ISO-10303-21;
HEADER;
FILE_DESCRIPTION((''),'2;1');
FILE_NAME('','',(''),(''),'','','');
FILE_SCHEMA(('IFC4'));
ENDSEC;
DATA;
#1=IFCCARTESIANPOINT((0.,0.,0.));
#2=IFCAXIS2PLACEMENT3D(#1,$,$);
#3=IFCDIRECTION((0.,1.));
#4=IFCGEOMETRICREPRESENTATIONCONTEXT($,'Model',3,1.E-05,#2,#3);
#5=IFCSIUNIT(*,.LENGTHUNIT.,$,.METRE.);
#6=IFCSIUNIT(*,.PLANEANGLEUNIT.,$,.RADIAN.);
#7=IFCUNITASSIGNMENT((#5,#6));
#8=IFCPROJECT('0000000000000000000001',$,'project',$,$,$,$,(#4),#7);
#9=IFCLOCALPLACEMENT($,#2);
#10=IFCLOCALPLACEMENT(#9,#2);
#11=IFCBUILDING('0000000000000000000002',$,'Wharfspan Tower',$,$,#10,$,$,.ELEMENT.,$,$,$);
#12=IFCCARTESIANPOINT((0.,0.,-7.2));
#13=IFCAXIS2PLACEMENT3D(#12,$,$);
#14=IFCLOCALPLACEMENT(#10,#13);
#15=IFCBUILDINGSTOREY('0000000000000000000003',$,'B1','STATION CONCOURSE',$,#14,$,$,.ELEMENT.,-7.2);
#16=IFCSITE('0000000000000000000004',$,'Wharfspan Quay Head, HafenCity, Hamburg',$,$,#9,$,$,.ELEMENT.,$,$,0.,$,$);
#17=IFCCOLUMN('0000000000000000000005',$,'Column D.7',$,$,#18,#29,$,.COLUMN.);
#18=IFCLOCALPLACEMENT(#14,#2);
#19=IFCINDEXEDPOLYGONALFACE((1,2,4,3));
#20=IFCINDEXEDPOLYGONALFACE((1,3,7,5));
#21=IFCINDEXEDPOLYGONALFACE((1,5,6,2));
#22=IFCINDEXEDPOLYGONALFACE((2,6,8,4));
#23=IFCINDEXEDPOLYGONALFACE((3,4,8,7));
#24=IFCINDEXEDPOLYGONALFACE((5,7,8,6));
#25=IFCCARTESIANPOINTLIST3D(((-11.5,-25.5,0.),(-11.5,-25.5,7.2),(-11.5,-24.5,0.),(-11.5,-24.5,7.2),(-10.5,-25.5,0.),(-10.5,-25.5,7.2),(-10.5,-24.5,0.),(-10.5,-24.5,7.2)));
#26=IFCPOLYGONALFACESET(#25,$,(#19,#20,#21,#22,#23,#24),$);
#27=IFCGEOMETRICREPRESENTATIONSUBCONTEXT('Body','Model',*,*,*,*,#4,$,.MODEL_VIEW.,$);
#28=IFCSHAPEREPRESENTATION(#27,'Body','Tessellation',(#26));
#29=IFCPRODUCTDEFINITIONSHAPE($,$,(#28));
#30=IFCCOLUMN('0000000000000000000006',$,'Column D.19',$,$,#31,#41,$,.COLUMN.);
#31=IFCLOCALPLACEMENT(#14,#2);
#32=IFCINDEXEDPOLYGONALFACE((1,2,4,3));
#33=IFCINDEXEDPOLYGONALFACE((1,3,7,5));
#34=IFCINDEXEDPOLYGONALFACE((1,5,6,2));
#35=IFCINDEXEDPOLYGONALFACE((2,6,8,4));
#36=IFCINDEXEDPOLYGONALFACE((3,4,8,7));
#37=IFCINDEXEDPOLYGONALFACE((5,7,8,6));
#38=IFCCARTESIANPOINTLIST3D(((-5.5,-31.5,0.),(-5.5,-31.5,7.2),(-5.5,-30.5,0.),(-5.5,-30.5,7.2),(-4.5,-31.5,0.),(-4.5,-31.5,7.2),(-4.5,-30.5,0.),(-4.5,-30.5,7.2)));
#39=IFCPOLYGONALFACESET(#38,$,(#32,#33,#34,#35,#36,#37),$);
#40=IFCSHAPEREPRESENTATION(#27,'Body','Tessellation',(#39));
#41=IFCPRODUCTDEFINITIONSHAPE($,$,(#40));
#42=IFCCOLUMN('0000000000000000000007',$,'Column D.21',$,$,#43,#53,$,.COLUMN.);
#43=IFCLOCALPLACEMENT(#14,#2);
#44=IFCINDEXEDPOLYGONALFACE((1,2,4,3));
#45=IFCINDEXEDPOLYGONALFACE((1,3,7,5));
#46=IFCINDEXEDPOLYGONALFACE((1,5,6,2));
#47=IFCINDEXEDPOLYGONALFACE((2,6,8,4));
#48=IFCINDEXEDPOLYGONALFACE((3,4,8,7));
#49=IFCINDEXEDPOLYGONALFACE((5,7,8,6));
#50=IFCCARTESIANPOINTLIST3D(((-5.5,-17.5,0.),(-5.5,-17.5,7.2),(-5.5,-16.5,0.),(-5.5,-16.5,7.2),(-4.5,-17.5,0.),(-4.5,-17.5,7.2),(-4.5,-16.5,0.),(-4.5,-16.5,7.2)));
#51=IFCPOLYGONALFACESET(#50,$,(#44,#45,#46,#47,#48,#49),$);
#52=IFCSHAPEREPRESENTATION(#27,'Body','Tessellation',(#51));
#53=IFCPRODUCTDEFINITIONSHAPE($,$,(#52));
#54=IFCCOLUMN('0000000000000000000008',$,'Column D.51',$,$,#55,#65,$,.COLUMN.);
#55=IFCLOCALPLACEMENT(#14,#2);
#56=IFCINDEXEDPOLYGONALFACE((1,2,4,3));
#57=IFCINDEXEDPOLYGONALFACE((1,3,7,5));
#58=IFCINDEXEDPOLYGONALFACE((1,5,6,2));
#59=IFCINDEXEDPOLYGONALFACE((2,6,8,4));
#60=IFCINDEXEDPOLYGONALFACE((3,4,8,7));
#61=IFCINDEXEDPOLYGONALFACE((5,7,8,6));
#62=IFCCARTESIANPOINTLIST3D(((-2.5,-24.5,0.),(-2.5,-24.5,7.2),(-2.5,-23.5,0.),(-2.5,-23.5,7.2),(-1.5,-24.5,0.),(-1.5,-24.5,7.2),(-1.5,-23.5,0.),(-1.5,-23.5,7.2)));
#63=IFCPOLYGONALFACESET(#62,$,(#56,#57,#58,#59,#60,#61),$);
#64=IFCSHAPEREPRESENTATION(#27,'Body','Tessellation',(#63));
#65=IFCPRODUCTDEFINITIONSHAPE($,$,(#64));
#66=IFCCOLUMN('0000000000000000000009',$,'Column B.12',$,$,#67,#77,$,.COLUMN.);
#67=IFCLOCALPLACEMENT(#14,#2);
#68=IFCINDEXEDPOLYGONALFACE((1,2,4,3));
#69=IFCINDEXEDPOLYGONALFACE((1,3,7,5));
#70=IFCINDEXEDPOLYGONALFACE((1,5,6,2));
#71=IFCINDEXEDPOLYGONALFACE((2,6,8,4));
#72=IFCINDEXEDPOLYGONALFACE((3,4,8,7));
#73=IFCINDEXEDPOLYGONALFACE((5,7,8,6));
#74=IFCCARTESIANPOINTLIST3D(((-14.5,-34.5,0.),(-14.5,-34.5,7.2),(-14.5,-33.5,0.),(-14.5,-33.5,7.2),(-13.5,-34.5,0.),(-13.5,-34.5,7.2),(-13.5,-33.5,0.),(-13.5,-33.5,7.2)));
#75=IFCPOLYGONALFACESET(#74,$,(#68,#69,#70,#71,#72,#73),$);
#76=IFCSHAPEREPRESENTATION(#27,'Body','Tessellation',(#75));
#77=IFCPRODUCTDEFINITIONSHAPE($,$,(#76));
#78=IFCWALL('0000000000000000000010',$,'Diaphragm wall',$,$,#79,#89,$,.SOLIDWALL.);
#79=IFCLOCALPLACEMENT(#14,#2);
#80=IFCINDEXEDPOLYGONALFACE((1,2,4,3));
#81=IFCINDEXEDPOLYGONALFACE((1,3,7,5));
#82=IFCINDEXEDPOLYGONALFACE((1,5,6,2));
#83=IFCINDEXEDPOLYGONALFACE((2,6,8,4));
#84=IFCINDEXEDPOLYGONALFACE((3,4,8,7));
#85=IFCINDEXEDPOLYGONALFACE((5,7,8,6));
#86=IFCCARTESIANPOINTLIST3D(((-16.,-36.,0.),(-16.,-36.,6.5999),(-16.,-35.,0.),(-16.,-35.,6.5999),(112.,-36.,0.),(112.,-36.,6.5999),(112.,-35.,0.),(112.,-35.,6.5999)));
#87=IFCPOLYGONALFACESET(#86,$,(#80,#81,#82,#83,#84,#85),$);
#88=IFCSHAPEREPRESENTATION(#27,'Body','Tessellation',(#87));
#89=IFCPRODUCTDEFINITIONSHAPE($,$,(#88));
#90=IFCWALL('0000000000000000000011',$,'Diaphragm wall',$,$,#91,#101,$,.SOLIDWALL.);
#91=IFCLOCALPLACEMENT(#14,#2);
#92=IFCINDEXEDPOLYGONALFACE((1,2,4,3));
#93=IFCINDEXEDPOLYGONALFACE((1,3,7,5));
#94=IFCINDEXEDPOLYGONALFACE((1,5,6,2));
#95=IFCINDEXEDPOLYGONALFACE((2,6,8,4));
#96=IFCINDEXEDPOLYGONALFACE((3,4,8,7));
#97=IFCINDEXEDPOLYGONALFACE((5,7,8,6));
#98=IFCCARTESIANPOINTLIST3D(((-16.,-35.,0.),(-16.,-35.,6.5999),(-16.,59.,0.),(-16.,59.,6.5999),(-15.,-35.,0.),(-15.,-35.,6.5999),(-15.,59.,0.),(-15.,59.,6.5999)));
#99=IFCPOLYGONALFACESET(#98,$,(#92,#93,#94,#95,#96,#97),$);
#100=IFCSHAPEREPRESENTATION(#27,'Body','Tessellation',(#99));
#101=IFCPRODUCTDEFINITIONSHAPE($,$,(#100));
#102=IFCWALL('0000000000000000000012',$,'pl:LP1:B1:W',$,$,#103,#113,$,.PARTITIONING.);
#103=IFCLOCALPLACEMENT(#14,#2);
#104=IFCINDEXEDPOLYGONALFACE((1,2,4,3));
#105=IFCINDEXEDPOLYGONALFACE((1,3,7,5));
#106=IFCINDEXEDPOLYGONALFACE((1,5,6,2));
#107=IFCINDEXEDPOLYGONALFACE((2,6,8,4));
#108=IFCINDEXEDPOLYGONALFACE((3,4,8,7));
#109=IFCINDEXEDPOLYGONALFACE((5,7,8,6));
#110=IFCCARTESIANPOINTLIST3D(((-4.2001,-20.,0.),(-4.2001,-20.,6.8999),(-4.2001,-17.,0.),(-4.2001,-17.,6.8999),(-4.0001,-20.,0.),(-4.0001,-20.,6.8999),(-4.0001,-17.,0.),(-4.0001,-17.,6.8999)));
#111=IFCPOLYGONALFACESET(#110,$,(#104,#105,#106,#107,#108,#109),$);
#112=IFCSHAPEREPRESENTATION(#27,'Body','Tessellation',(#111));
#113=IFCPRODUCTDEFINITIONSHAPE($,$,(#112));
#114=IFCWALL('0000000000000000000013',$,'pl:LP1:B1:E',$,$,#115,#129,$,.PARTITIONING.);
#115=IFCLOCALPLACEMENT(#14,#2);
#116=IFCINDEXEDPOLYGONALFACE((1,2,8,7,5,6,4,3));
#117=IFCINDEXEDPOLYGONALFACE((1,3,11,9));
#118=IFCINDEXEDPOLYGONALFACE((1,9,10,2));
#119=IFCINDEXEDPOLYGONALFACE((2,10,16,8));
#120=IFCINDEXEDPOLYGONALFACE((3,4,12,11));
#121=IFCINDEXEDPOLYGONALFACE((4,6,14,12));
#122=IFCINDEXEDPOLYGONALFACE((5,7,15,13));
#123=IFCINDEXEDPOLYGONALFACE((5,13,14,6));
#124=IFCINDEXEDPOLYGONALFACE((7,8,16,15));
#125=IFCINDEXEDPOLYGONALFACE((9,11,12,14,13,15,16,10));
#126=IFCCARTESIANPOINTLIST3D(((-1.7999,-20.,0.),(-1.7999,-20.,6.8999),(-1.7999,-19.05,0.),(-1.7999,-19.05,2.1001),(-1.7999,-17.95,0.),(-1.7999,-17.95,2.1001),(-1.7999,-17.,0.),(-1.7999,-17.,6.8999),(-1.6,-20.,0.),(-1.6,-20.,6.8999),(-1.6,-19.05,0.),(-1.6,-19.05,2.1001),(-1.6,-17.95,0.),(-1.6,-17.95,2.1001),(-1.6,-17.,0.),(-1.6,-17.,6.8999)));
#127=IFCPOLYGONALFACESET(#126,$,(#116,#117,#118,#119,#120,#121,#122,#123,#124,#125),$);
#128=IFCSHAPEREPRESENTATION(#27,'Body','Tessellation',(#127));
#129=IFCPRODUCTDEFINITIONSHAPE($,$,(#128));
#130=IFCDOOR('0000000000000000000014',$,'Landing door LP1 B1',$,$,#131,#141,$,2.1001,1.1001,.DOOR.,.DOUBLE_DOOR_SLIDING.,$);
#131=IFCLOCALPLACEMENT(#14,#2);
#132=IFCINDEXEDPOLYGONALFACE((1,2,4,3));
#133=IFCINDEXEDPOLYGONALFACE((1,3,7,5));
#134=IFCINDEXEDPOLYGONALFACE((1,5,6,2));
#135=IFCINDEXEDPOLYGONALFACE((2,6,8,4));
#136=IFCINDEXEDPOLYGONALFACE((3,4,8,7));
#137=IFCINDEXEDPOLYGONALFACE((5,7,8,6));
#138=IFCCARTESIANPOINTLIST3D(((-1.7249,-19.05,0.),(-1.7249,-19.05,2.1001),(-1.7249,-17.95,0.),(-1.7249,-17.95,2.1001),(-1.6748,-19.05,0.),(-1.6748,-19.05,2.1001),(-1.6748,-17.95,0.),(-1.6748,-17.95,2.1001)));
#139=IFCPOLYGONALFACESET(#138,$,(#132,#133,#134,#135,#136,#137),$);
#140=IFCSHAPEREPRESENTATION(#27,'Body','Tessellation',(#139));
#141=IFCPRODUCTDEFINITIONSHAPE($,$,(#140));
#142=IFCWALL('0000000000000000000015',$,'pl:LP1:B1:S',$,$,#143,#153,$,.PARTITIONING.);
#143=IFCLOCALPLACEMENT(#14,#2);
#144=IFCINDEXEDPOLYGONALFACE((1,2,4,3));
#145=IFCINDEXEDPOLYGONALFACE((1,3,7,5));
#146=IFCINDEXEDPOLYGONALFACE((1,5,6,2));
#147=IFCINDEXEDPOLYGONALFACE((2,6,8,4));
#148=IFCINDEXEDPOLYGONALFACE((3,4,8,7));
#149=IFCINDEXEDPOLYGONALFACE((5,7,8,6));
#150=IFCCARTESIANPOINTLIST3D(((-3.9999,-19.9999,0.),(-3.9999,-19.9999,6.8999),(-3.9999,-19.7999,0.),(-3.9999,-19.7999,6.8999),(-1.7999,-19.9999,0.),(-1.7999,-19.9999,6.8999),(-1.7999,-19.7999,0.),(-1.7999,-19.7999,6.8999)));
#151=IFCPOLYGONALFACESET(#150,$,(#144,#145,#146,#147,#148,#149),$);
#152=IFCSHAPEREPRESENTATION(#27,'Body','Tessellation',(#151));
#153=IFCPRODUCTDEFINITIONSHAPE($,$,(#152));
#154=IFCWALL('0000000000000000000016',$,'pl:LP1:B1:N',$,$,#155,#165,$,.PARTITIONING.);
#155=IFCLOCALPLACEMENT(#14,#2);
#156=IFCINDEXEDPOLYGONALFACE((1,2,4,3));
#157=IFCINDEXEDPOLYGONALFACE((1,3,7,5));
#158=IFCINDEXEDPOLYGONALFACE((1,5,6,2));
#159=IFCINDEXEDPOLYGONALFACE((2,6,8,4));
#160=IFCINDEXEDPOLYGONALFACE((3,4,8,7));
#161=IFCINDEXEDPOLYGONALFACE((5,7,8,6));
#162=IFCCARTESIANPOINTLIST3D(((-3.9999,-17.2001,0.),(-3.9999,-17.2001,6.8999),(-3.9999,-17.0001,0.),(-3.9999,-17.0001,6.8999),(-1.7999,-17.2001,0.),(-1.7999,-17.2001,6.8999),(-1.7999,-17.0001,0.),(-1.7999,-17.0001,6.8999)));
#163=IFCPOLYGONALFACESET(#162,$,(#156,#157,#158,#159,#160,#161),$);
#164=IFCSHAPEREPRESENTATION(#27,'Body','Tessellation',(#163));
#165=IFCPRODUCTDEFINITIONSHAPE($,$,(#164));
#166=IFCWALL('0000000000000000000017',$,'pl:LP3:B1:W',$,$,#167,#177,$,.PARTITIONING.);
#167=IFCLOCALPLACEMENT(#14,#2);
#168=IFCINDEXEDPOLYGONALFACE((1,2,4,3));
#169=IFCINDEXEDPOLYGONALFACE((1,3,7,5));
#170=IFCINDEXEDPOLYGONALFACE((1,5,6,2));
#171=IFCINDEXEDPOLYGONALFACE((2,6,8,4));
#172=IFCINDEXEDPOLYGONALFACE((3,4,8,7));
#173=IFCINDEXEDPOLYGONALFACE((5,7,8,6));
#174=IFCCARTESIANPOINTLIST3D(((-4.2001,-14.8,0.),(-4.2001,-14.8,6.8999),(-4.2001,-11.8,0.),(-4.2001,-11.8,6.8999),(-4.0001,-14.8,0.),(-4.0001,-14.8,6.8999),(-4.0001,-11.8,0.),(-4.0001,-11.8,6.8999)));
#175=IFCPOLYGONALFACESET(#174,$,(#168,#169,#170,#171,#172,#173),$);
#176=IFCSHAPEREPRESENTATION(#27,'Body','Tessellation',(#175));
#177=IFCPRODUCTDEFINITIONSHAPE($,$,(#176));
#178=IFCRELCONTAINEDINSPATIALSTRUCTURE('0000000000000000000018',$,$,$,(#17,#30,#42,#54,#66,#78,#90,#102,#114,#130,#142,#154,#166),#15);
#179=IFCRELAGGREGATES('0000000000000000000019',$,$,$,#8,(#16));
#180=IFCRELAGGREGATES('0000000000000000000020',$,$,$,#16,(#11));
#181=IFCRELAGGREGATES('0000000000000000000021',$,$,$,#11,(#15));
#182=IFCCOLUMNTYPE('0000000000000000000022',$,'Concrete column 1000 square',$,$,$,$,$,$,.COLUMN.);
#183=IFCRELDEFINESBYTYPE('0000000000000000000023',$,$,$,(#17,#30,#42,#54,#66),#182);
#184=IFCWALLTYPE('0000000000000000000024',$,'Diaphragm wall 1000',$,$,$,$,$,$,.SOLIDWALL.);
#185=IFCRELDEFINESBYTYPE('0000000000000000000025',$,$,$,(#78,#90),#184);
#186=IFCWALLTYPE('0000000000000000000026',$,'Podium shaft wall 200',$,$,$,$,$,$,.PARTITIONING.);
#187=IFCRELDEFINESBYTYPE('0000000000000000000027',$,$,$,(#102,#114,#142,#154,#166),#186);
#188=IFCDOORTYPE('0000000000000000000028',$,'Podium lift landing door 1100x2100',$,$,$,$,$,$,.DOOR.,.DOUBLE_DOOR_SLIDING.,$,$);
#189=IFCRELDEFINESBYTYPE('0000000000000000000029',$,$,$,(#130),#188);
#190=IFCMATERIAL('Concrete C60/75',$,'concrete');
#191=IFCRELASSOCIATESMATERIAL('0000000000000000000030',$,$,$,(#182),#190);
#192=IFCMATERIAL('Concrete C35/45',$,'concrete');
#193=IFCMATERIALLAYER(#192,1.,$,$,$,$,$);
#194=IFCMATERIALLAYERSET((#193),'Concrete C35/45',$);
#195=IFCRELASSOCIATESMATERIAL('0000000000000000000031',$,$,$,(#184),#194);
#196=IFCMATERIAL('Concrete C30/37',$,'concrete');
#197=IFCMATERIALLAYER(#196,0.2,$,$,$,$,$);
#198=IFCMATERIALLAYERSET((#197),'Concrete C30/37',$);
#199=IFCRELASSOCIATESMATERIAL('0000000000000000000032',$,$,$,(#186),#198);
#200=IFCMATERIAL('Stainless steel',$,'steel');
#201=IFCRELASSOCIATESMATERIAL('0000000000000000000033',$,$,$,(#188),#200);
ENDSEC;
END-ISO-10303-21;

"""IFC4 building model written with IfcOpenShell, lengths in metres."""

from ifc_helpers import new_model, si_unit, direction, frame, frame_2d, origin, origin_2d, place, context, subcontext, project, spatial, rectangle, extrude, material, layer, layer_set, material_profile, profile_set, type_object, element, fill, save


model = new_model("IFC4")

# Units and contexts
model_context = context("Model", 3, precision=1e-05, world=origin(), true_north=direction((0.0, 1.0)))
body_context = subcontext(model_context, "Body", "Model", "MODEL_VIEW")
ifc_project = project(units=[si_unit("LENGTHUNIT", "METRE"), si_unit("PLANEANGLEUNIT", "RADIAN")], contexts=[model_context])

# Site, building, storey
site_placement = place(None, origin())
site = spatial("IfcSite", under=ifc_project, at=site_placement, Name="Wharfspan Quay Head, HafenCity, Hamburg", CompositionType="ELEMENT", RefElevation=0.0)
building_placement = place(site_placement, origin())
building = spatial("IfcBuilding", under=site, at=building_placement, Name="Wharfspan Tower", CompositionType="ELEMENT")
storey_placement = place(building_placement, frame((0.0, 0.0, -7.2)))
storey = spatial("IfcBuildingStorey", under=building, at=storey_placement, Name="B1", Description="STATION CONCOURSE", CompositionType="ELEMENT", Elevation=-7.2)

# Columns
ifc_material_1 = material(Name="Concrete C60/75", Category="concrete")
ifc_material_profile = material_profile(ifc_material_1, rectangle(XDim=1.0, YDim=1.0, at=origin_2d()))
ifc_profile_set = profile_set([ifc_material_profile], Name="Concrete C60/75")
column_type = type_object("IfcColumnType", Name="Concrete column 1000 square", PredefinedType="COLUMN", material=ifc_profile_set)
for number, where, z_axis, x_axis, name in (
    (1, (-11.0, -25.0, 0.0), (0.0, 0.0, 1.0), (1.0, 0.0, 0.0), "Column D.7"),
    (2, (-5.0, -31.0, 0.0), (0.0, 0.0, 1.0), (1.0, 0.0, 0.0), "Column D.19"),
    (3, (-5.0, -17.0, 0.0), (0.0, 0.0, 1.0), (1.0, 0.0, 0.0), "Column D.21"),
    (4, (-2.0, -24.0, 0.0), (0.0, 0.0, 1.0), (1.0, 0.0, 0.0), "Column D.51"),
    (5, (-14.0, -34.0, 0.0), (0.0, 0.0, 1.0), (1.0, 0.0, 0.0), "Column B.12"),
):
    element("IfcColumn", number, at=place(storey_placement, frame(where, z_axis=z_axis, x_axis=x_axis)), inside=storey, type_object=column_type, Name=name, PredefinedType="COLUMN", context=body_context, shape_type="SweptSolid", body=[
        extrude(rectangle(XDim=1.0, YDim=1.0, at=origin_2d()), origin(), (0.0, 0.0, 1.0), 7.2),
    ])

# Walls
ifc_material_2 = material(Name="Concrete C35/45", Category="concrete")
ifc_layer_1 = layer(ifc_material_2, 1.0)
ifc_layer_set_1 = layer_set([ifc_layer_1], Name="Concrete C35/45")
wall_type_1 = type_object("IfcWallType", Name="Diaphragm wall 1000", PredefinedType="SOLIDWALL", material=ifc_layer_set_1)
wall_1_placement = place(storey_placement, frame((-16.0, -35.5, 0.0), z_axis=(0.0, 0.0, 1.0), x_axis=(1.0, 0.0, 0.0)))
element("IfcWall", 6, at=wall_1_placement, inside=storey, type_object=wall_type_1, Name="Diaphragm wall", PredefinedType="SOLIDWALL", context=body_context, shape_type="SweptSolid", body=[
    extrude(rectangle(XDim=128.0, YDim=1.0, at=frame_2d((64.0, 0.0))), origin(), (0.0, 0.0, 1.0), 6.5999),
])
wall_2_placement = place(storey_placement, frame((-15.5, -35.0, 0.0), z_axis=(0.0, 0.0, 1.0), x_axis=(0.0, 1.0, 0.0)))
element("IfcWall", 7, at=wall_2_placement, inside=storey, type_object=wall_type_1, Name="Diaphragm wall", PredefinedType="SOLIDWALL", context=body_context, shape_type="SweptSolid", body=[
    extrude(rectangle(XDim=94.0, YDim=1.0, at=frame_2d((47.0, 0.0))), origin(), (0.0, 0.0, 1.0), 6.5999),
])
ifc_material_3 = material(Name="Concrete C30/37", Category="concrete")
ifc_layer_2 = layer(ifc_material_3, 0.2)
ifc_layer_set_2 = layer_set([ifc_layer_2], Name="Concrete C30/37")
wall_type_2 = type_object("IfcWallType", Name="Podium shaft wall 200", PredefinedType="PARTITIONING", material=ifc_layer_set_2)
wall_3_placement = place(storey_placement, frame((-4.1001, -20.0, 0.0), z_axis=(0.0, 0.0, 1.0), x_axis=(0.0, 1.0, 0.0)))
element("IfcWall", 8, at=wall_3_placement, inside=storey, type_object=wall_type_2, Name="pl:LP1:B1:W", PredefinedType="PARTITIONING", context=body_context, shape_type="SweptSolid", body=[
    extrude(rectangle(XDim=3.0, YDim=0.2, at=frame_2d((1.5, 0.0))), origin(), (0.0, 0.0, 1.0), 6.8999),
])

# Wall, opening, door
wall_4_placement = place(storey_placement, frame((-1.7, -20.0, 0.0), z_axis=(0.0, 0.0, 1.0), x_axis=(0.0, 1.0, 0.0)))
wall_4 = element("IfcWall", 9, at=wall_4_placement, inside=storey, type_object=wall_type_2, Name="pl:LP1:B1:E", PredefinedType="PARTITIONING", context=body_context, shape_type="SweptSolid", body=[
    extrude(rectangle(XDim=3.0, YDim=0.2, at=frame_2d((1.5, 0.0))), origin(), (0.0, 0.0, 1.0), 6.8999),
])
opening_1_placement = place(wall_4_placement, frame((0.95, 0.0, 0.0)))
opening_1 = element("IfcOpeningElement", 10, at=opening_1_placement, cuts=wall_4, PredefinedType="OPENING", context=body_context, shape_type="SweptSolid", body=[
    extrude(rectangle(XDim=1.1001, YDim=2.1001, at=frame_2d((0.55, 1.05))), frame((0.0, 0.1099, 0.0), z_axis=(0.0, -1.0, 0.0), x_axis=(1.0, 0.0, 0.0)), (0.0, 0.0, 1.0), 0.22),
])
ifc_material_4 = material(Name="Stainless steel", Category="steel")
door_type_1 = type_object("IfcDoorType", Name="Podium lift landing door 1100x2100", OperationType="DOUBLE_DOOR_SLIDING", PredefinedType="DOOR", material=ifc_material_4)
door_1_placement = place(opening_1_placement, origin())
door_1 = element("IfcDoor", 11, at=door_1_placement, inside=storey, type_object=door_type_1, Name="Landing door LP1 B1", OperationType="DOUBLE_DOOR_SLIDING", OverallHeight=2.1001, OverallWidth=1.1001, PredefinedType="DOOR", context=body_context, shape_type="SweptSolid", body=[
    extrude(rectangle(XDim=1.1001, YDim=2.1001, at=frame_2d((0.55, 1.05))), frame((0.0, 0.0249, 0.0), z_axis=(0.0, -1.0, 0.0), x_axis=(1.0, 0.0, 0.0)), (0.0, 0.0, 1.0), 0.05),
])
fill(opening_1, door_1)

# Walls
for number, where, z_axis, x_axis, name in (
    (12, (-4.0, -19.8999, 0.0), (0.0, 0.0, 1.0), (1.0, 0.0, 0.0), "pl:LP1:B1:S"),
    (13, (-4.0, -17.1001, 0.0), (0.0, 0.0, 1.0), (1.0, 0.0, 0.0), "pl:LP1:B1:N"),
):
    element("IfcWall", number, at=place(storey_placement, frame(where, z_axis=z_axis, x_axis=x_axis)), inside=storey, type_object=wall_type_2, Name=name, PredefinedType="PARTITIONING", context=body_context, shape_type="SweptSolid", body=[
        extrude(rectangle(XDim=2.2, YDim=0.2, at=frame_2d((1.1001, 0.0))), origin(), (0.0, 0.0, 1.0), 6.8999),
    ])
wall_5_placement = place(storey_placement, frame((-4.1001, -14.8, 0.0), z_axis=(0.0, 0.0, 1.0), x_axis=(0.0, 1.0, 0.0)))
element("IfcWall", 14, at=wall_5_placement, inside=storey, type_object=wall_type_2, Name="pl:LP3:B1:W", PredefinedType="PARTITIONING", context=body_context, shape_type="SweptSolid", body=[
    extrude(rectangle(XDim=3.0, YDim=0.2, at=frame_2d((1.5, 0.0))), origin(), (0.0, 0.0, 1.0), 6.8999),
])

save(model, "model.ifc")
